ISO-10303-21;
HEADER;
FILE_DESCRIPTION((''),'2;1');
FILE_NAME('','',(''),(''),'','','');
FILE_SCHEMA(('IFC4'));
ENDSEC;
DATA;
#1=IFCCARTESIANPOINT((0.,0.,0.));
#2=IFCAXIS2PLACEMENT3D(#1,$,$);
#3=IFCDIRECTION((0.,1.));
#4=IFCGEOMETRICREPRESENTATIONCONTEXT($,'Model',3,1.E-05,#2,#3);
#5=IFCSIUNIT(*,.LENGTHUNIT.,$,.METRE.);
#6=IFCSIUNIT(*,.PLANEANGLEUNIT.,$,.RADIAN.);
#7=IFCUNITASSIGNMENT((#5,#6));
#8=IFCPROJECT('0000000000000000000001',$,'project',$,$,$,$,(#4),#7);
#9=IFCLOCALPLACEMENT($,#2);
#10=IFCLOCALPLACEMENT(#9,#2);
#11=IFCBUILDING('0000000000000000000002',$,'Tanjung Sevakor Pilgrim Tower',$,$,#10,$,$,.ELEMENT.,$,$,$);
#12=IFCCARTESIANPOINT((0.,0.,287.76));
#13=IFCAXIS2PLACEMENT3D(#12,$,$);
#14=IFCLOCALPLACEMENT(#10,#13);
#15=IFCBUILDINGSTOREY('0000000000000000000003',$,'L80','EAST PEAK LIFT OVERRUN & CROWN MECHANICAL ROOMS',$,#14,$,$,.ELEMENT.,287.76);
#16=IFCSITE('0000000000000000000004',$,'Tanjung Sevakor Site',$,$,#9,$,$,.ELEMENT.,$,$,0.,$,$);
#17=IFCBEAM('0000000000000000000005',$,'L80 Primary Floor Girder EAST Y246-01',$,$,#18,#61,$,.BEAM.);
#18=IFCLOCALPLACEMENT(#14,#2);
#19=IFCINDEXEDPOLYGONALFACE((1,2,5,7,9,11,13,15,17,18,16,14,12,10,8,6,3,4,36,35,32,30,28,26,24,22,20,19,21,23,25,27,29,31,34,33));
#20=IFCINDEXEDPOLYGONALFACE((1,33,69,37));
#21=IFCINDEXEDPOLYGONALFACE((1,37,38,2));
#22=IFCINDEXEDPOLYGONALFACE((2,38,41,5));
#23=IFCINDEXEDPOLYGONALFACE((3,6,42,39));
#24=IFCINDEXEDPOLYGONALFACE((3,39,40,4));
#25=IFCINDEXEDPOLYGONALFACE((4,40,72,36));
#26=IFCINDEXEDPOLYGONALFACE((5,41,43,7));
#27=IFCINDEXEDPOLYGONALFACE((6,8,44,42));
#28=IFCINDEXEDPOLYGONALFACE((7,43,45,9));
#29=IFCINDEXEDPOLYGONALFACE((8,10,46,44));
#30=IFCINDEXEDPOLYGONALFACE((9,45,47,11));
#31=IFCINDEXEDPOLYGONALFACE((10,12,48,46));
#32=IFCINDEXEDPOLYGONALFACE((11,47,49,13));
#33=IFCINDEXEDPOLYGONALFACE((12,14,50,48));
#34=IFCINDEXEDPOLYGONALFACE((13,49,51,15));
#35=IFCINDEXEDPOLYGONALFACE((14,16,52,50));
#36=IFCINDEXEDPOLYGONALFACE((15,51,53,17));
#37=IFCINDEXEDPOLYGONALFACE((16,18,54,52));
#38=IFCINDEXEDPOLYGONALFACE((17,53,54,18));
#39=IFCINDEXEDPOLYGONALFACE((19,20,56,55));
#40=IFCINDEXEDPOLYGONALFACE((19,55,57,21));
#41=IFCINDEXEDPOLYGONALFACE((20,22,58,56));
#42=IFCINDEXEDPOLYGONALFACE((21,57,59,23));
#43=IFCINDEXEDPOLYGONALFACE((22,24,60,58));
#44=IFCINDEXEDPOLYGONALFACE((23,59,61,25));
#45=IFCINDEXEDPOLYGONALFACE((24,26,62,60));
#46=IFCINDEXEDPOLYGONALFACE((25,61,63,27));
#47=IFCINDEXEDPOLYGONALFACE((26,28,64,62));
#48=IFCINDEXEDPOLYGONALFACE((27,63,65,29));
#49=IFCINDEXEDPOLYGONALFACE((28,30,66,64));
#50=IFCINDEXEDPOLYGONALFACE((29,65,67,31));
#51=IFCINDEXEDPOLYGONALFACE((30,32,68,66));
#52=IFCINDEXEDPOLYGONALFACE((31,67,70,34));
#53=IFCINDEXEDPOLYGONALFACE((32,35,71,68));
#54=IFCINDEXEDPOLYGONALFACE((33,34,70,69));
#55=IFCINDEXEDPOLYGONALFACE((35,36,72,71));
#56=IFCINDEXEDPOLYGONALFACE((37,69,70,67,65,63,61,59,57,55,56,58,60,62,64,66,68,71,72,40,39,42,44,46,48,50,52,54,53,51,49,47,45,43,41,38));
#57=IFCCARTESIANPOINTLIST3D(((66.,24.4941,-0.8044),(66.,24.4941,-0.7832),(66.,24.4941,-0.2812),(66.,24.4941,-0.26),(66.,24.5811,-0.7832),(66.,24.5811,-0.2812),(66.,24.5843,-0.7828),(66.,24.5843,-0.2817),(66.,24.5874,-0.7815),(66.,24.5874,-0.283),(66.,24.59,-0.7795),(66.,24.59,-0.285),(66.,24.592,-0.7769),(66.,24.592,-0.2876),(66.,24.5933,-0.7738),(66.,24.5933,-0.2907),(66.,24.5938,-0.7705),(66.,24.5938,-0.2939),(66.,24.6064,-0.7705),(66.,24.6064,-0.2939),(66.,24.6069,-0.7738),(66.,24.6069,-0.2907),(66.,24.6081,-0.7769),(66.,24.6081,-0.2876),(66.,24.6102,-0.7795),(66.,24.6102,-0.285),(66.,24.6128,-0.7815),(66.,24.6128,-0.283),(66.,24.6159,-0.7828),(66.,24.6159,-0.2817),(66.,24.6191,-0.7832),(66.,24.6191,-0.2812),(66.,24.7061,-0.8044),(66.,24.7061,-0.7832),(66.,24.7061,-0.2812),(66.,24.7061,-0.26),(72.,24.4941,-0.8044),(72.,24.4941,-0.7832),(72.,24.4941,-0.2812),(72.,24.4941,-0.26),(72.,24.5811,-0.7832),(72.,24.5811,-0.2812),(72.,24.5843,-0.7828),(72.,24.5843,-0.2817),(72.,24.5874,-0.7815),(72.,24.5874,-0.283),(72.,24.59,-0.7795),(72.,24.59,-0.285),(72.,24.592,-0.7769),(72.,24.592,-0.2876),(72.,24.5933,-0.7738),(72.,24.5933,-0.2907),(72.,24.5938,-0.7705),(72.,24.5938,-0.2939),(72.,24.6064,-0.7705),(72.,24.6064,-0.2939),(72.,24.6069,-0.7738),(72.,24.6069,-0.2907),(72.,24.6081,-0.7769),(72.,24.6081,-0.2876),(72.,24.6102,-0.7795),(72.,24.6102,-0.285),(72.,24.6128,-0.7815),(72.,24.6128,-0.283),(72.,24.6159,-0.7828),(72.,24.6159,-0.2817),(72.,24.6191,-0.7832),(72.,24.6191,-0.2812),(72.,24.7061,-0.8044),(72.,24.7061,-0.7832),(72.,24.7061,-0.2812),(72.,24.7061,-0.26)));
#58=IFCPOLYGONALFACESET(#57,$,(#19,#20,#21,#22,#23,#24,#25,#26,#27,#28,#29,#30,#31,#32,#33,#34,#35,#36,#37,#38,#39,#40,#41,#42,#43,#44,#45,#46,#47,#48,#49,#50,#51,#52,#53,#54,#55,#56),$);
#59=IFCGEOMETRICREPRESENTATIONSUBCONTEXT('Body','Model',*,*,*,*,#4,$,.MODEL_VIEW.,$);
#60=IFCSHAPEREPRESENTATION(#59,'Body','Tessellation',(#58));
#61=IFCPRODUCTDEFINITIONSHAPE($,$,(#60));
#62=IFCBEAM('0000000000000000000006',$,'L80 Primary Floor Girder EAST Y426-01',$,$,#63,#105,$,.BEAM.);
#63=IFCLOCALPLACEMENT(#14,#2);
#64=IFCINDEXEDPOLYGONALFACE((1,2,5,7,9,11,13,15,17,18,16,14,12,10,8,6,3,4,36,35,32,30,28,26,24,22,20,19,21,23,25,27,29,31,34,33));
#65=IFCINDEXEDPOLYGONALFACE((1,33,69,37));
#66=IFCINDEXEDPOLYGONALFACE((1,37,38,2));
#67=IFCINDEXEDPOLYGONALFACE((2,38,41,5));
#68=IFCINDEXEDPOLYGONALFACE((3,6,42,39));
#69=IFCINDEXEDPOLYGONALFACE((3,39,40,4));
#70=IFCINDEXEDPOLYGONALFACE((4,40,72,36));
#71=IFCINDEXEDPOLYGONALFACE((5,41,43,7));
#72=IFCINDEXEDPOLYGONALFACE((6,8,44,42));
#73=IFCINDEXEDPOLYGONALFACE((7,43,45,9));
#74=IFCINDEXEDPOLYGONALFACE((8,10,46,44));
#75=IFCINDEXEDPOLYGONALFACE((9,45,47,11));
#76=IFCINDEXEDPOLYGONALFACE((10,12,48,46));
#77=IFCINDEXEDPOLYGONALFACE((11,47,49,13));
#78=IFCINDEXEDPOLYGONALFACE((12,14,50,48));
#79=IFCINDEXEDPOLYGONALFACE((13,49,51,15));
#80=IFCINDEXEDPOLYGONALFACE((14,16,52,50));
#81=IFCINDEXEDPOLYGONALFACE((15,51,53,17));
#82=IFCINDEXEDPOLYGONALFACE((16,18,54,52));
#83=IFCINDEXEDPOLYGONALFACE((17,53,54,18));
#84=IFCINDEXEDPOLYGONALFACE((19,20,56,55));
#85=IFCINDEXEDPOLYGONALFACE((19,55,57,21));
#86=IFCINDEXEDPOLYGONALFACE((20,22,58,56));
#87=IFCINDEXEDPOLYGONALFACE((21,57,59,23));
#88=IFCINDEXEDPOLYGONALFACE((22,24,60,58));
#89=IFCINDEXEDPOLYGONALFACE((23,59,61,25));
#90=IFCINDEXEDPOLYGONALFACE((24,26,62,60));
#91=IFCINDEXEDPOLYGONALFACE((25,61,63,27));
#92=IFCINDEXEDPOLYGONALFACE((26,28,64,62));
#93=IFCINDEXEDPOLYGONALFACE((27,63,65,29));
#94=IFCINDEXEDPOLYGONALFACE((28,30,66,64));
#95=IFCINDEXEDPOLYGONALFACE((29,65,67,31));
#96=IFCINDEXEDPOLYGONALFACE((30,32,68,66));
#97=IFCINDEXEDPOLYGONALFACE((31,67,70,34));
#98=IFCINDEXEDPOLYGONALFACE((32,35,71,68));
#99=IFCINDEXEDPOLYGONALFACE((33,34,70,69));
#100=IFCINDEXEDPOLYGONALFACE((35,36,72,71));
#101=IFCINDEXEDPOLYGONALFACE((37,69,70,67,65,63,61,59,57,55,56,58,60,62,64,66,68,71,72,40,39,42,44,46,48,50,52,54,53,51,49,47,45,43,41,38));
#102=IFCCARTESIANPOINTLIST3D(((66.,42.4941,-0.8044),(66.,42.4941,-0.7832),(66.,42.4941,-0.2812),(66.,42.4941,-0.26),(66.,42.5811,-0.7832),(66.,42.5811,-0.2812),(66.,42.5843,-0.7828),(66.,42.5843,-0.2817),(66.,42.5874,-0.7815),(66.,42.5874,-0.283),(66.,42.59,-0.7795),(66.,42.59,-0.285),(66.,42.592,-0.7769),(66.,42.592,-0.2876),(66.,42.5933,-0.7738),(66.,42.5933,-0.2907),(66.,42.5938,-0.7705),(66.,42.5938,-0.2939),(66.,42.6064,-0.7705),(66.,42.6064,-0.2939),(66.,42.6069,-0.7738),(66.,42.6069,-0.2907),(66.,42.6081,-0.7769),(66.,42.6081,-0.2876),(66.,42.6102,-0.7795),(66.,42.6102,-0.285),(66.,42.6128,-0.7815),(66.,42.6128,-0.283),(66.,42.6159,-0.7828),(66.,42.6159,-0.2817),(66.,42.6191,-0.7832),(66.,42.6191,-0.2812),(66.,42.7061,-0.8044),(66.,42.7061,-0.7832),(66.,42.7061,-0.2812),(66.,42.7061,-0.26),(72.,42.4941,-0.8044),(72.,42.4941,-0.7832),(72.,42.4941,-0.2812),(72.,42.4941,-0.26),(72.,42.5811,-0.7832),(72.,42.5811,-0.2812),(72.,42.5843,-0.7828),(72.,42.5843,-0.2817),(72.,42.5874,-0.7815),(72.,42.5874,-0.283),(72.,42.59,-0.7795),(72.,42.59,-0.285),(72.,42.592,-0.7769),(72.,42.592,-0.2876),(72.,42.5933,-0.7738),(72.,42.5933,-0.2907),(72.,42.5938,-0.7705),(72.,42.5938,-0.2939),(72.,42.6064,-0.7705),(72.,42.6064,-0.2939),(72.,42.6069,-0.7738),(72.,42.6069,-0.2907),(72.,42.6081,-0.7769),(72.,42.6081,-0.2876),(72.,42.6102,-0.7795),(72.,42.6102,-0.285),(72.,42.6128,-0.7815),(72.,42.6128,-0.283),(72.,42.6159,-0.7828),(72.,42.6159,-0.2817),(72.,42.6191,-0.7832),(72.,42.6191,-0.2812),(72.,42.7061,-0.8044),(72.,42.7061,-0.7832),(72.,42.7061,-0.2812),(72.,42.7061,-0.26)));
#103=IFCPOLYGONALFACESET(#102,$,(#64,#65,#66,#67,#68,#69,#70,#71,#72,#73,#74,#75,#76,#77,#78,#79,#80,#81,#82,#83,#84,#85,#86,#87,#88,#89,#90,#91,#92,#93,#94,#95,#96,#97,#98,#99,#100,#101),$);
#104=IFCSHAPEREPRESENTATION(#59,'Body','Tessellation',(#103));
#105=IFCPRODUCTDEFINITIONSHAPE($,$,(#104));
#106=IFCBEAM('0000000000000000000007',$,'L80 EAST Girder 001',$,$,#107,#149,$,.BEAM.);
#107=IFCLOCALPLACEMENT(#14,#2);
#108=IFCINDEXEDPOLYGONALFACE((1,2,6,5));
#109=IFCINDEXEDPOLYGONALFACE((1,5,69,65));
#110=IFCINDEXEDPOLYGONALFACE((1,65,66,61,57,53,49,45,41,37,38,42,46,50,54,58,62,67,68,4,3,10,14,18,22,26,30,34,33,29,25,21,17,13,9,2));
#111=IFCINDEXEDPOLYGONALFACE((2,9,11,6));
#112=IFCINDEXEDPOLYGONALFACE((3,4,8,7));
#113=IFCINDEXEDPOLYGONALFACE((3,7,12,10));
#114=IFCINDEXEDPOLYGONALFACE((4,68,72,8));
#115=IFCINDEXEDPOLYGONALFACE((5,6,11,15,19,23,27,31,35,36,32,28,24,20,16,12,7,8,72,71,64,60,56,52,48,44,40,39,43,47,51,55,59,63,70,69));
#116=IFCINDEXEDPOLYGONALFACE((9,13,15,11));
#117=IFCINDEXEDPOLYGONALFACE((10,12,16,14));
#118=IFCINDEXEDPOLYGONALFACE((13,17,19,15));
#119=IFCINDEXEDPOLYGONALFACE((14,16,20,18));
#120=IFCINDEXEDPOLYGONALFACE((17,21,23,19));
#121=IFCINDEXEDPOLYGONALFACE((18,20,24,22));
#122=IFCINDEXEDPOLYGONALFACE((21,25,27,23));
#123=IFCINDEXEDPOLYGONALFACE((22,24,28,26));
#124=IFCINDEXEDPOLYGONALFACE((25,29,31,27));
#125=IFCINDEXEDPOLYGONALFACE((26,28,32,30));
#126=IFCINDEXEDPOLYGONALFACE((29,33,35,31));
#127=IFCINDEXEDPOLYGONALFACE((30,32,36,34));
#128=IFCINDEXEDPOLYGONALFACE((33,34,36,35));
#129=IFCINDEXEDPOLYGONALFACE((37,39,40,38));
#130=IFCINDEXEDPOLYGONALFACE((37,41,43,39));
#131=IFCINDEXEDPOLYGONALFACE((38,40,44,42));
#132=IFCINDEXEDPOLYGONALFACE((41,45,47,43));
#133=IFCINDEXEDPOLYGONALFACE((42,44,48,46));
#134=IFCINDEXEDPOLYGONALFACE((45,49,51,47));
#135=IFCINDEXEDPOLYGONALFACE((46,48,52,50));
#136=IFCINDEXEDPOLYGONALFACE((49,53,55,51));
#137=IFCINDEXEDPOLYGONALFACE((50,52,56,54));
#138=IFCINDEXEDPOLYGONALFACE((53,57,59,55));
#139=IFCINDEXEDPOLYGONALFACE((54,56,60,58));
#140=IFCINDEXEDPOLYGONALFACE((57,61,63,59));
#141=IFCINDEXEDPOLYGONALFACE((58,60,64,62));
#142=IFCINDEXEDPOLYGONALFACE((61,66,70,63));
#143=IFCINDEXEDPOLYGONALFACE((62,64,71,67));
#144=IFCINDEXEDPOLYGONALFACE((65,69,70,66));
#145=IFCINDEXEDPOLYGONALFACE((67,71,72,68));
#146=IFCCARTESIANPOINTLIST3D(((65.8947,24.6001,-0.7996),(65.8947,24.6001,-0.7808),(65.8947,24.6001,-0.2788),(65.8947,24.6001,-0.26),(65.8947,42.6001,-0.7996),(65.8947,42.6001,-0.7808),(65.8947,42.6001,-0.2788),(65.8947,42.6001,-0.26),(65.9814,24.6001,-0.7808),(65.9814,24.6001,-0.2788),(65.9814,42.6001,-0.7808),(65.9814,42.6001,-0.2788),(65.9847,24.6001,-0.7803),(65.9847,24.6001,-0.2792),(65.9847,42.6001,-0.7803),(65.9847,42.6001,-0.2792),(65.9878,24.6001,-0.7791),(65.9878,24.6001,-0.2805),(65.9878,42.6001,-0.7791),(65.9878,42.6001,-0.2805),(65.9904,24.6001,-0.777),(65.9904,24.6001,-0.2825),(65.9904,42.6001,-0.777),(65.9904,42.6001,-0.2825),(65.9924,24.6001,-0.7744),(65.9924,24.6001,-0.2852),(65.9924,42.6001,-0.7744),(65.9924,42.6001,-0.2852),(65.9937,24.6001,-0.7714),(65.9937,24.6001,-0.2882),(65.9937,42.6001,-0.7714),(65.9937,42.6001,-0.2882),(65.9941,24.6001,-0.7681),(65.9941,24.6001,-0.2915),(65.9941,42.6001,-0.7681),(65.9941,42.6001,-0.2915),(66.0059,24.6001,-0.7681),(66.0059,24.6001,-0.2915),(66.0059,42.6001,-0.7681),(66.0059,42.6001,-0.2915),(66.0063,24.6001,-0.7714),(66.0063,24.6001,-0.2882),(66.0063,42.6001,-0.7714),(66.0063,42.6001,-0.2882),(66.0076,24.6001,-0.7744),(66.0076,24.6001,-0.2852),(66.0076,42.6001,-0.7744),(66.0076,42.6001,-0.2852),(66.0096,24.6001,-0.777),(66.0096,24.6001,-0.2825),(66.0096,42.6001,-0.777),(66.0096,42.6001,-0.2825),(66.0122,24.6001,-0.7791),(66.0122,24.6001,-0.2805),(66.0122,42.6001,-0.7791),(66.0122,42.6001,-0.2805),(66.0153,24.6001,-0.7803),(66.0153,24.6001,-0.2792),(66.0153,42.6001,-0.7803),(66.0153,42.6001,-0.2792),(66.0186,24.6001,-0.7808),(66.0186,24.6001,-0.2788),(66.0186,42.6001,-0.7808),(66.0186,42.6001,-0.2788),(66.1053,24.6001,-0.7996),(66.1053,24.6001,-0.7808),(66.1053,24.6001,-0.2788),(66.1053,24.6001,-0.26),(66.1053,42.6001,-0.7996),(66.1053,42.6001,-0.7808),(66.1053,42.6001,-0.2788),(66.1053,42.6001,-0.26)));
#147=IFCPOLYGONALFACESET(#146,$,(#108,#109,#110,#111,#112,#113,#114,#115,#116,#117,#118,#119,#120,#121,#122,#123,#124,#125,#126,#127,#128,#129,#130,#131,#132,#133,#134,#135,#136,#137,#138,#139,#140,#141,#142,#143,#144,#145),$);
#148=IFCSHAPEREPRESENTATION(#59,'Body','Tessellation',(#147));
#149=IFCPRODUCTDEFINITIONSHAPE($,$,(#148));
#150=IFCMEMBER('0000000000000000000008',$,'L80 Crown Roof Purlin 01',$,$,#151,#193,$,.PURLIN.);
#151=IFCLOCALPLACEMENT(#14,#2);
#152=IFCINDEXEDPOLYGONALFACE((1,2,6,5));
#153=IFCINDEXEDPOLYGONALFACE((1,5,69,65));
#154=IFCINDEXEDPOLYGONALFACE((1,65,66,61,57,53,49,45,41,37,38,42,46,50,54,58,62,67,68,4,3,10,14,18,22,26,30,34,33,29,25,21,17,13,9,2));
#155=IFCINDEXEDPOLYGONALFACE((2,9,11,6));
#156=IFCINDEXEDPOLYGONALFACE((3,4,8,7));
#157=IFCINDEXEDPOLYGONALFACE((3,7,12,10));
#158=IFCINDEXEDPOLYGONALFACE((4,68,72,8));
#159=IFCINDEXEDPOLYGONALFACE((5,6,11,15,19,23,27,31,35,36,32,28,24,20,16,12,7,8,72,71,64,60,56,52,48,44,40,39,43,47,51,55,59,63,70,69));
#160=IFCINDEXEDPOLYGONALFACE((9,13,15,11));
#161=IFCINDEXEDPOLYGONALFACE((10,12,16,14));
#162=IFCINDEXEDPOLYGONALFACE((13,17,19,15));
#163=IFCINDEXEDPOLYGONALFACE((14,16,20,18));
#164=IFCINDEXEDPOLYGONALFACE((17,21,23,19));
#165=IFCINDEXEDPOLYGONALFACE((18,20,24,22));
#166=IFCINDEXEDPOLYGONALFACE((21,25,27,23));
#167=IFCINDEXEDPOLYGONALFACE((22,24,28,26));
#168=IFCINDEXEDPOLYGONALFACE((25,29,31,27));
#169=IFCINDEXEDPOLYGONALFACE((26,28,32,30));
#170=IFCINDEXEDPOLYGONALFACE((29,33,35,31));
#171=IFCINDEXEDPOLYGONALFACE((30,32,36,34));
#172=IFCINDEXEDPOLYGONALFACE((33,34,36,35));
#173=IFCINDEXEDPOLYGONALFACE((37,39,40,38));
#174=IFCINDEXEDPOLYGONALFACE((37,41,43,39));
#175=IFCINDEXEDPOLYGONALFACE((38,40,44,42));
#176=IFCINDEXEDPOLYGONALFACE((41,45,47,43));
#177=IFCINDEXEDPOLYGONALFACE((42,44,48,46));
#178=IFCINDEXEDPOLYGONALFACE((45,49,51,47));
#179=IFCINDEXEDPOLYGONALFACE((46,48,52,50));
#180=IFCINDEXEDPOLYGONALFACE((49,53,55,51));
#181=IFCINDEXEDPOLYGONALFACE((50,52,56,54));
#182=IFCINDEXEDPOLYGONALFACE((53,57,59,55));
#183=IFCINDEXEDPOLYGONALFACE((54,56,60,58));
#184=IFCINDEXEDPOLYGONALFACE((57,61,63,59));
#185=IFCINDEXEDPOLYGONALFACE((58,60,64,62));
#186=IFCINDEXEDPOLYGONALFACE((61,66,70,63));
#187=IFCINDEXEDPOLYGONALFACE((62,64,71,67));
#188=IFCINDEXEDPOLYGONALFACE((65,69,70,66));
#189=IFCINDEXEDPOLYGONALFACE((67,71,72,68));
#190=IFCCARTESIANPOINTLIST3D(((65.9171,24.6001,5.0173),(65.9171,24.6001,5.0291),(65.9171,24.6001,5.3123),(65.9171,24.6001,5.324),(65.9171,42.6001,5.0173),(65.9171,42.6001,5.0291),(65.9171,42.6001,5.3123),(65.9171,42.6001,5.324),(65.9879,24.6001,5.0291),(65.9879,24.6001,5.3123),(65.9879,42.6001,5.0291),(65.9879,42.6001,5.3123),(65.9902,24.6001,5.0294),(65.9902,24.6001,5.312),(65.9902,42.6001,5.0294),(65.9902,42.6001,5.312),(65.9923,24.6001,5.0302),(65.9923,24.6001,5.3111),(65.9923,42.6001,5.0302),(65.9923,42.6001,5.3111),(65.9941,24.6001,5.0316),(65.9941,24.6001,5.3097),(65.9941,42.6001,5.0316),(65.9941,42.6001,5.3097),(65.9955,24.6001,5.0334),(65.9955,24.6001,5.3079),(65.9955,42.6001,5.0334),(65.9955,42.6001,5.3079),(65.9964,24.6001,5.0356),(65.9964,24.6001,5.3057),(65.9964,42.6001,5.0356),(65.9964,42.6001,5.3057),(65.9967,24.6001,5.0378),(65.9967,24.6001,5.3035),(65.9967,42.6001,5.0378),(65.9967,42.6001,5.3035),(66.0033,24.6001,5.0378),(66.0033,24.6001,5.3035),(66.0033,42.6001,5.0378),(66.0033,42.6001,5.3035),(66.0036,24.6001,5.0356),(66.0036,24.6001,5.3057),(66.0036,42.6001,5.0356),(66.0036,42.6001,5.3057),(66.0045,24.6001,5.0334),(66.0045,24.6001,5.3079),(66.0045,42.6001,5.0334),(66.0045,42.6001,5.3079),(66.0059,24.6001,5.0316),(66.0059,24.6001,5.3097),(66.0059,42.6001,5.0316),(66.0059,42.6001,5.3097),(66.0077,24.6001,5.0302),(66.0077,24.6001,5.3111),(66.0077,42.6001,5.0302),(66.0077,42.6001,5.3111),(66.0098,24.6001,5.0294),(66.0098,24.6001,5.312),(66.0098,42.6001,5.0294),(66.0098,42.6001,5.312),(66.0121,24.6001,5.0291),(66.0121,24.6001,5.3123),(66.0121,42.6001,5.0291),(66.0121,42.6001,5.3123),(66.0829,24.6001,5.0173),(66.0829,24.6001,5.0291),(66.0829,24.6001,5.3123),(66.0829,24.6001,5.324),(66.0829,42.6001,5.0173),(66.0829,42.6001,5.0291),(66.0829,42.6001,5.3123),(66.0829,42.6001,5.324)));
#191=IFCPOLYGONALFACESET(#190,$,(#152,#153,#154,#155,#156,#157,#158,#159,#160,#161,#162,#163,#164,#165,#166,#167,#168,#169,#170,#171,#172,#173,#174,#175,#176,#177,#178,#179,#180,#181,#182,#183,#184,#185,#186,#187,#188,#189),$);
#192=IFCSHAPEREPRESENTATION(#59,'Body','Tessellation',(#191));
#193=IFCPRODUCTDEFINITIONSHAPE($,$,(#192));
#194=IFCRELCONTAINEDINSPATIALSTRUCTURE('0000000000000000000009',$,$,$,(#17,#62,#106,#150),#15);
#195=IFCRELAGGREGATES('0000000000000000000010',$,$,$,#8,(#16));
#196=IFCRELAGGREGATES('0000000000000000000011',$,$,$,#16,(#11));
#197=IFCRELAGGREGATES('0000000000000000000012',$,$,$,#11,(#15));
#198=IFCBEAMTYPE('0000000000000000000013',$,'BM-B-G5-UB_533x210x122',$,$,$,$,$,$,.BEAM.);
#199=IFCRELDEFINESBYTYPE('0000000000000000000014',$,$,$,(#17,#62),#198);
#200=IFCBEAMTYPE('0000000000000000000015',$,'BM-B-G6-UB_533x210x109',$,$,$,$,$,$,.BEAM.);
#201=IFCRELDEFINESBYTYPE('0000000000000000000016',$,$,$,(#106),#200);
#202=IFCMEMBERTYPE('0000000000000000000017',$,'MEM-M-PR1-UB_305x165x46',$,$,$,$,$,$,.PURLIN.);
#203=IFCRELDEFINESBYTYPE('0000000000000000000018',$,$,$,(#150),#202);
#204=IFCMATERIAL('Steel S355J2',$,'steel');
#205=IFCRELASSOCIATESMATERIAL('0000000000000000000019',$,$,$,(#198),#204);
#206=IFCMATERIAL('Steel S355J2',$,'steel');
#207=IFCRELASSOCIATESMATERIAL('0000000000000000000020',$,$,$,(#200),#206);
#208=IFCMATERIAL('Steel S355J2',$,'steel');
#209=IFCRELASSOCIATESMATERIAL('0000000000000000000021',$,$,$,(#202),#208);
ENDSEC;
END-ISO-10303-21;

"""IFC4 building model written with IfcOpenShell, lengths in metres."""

from ifc_helpers import new_model, si_unit, direction, frame, origin, origin_2d, place, context, subcontext, project, spatial, i_section, extrude, material, material_profile, profile_set, type_object, element, save


model = new_model("IFC4")

# Units and contexts
model_context = context("Model", 3, precision=1e-05, world=origin(), true_north=direction((0.0, 1.0)))
body_context = subcontext(model_context, "Body", "Model", "MODEL_VIEW")
ifc_project = project(units=[si_unit("LENGTHUNIT", "METRE"), si_unit("PLANEANGLEUNIT", "RADIAN")], contexts=[model_context])

# Site, building, storey
site_placement = place(None, origin())
site = spatial("IfcSite", under=ifc_project, at=site_placement, Name="Tanjung Sevakor Site", CompositionType="ELEMENT", RefElevation=0.0)
building_placement = place(site_placement, origin())
building = spatial("IfcBuilding", under=site, at=building_placement, Name="Tanjung Sevakor Pilgrim Tower", CompositionType="ELEMENT")
storey_placement = place(building_placement, frame((0.0, 0.0, 287.76)))
storey = spatial("IfcBuildingStorey", under=building, at=storey_placement, Name="L80", Description="EAST PEAK LIFT OVERRUN & CROWN MECHANICAL ROOMS", CompositionType="ELEMENT", Elevation=287.76)

# Beams
ifc_material_1 = material(Name="Steel S355J2", Category="steel")
ifc_material_profile_1 = material_profile(ifc_material_1, i_section(OverallWidth=0.2119, OverallDepth=0.5444, WebThickness=0.0127, FlangeThickness=0.0212, FilletRadius=0.0127, at=origin_2d()))
ifc_profile_set_1 = profile_set([ifc_material_profile_1], Name="Steel S355J2")
beam_type_1 = type_object("IfcBeamType", Name="BM-B-G5-UB_533x210x122", PredefinedType="BEAM", material=ifc_profile_set_1)
for number, where, z_axis, x_axis, name in (
    (1, (66.0, 24.6001, -0.5322), (1.0, 0.0, 0.0), (0.0, 1.0, 0.0), "L80 Primary Floor Girder EAST Y246-01"),
    (2, (66.0, 42.6001, -0.5322), (1.0, 0.0, 0.0), (0.0, 1.0, 0.0), "L80 Primary Floor Girder EAST Y426-01"),
):
    element("IfcBeam", number, at=place(storey_placement, frame(where, z_axis=z_axis, x_axis=x_axis)), inside=storey, type_object=beam_type_1, Name=name, PredefinedType="BEAM", context=body_context, shape_type="SweptSolid", body=[
        extrude(i_section(OverallWidth=0.2119, OverallDepth=0.5444, WebThickness=0.0127, FlangeThickness=0.0212, FilletRadius=0.0127, at=origin_2d()), origin(), (0.0, 0.0, 1.0), 6.0),
    ])
ifc_material_2 = material(Name="Steel S355J2", Category="steel")
ifc_material_profile_2 = material_profile(ifc_material_2, i_section(OverallWidth=0.2107, OverallDepth=0.5396, WebThickness=0.0117, FlangeThickness=0.0188, FilletRadius=0.0127, at=origin_2d()))
ifc_profile_set_2 = profile_set([ifc_material_profile_2], Name="Steel S355J2")
beam_type_2 = type_object("IfcBeamType", Name="BM-B-G6-UB_533x210x109", PredefinedType="BEAM", material=ifc_profile_set_2)
beam_placement = place(storey_placement, frame((66.0, 24.6001, -0.5298), z_axis=(0.0, 1.0, 0.0), x_axis=(-1.0, 0.0, 0.0)))
element("IfcBeam", 3, at=beam_placement, inside=storey, type_object=beam_type_2, Name="L80 EAST Girder 001", PredefinedType="BEAM", context=body_context, shape_type="SweptSolid", body=[
    extrude(i_section(OverallWidth=0.2107, OverallDepth=0.5396, WebThickness=0.0117, FlangeThickness=0.0188, FilletRadius=0.0127, at=origin_2d()), origin(), (0.0, 0.0, 1.0), 18.0),
])

# Member
ifc_material_3 = material(Name="Steel S355J2", Category="steel")
ifc_material_profile_3 = material_profile(ifc_material_3, i_section(OverallWidth=0.1658, OverallDepth=0.3066, WebThickness=0.0066, FlangeThickness=0.0117, FilletRadius=0.0088, at=origin_2d()))
ifc_profile_set_3 = profile_set([ifc_material_profile_3], Name="Steel S355J2")
member_type_1 = type_object("IfcMemberType", Name="MEM-M-PR1-UB_305x165x46", PredefinedType="PURLIN", material=ifc_profile_set_3)
member_1_placement = place(storey_placement, frame((66.0, 24.6001, 5.1707), z_axis=(0.0, 1.0, 0.0), x_axis=(-1.0, 0.0, 0.0)))
element("IfcMember", 4, at=member_1_placement, inside=storey, type_object=member_type_1, Name="L80 Crown Roof Purlin 01", PredefinedType="PURLIN", context=body_context, shape_type="SweptSolid", body=[
    extrude(i_section(OverallWidth=0.1658, OverallDepth=0.3066, WebThickness=0.0066, FlangeThickness=0.0117, FilletRadius=0.0088, at=origin_2d()), origin(), (0.0, 0.0, 1.0), 18.0),
])

save(model, "model.ifc")
